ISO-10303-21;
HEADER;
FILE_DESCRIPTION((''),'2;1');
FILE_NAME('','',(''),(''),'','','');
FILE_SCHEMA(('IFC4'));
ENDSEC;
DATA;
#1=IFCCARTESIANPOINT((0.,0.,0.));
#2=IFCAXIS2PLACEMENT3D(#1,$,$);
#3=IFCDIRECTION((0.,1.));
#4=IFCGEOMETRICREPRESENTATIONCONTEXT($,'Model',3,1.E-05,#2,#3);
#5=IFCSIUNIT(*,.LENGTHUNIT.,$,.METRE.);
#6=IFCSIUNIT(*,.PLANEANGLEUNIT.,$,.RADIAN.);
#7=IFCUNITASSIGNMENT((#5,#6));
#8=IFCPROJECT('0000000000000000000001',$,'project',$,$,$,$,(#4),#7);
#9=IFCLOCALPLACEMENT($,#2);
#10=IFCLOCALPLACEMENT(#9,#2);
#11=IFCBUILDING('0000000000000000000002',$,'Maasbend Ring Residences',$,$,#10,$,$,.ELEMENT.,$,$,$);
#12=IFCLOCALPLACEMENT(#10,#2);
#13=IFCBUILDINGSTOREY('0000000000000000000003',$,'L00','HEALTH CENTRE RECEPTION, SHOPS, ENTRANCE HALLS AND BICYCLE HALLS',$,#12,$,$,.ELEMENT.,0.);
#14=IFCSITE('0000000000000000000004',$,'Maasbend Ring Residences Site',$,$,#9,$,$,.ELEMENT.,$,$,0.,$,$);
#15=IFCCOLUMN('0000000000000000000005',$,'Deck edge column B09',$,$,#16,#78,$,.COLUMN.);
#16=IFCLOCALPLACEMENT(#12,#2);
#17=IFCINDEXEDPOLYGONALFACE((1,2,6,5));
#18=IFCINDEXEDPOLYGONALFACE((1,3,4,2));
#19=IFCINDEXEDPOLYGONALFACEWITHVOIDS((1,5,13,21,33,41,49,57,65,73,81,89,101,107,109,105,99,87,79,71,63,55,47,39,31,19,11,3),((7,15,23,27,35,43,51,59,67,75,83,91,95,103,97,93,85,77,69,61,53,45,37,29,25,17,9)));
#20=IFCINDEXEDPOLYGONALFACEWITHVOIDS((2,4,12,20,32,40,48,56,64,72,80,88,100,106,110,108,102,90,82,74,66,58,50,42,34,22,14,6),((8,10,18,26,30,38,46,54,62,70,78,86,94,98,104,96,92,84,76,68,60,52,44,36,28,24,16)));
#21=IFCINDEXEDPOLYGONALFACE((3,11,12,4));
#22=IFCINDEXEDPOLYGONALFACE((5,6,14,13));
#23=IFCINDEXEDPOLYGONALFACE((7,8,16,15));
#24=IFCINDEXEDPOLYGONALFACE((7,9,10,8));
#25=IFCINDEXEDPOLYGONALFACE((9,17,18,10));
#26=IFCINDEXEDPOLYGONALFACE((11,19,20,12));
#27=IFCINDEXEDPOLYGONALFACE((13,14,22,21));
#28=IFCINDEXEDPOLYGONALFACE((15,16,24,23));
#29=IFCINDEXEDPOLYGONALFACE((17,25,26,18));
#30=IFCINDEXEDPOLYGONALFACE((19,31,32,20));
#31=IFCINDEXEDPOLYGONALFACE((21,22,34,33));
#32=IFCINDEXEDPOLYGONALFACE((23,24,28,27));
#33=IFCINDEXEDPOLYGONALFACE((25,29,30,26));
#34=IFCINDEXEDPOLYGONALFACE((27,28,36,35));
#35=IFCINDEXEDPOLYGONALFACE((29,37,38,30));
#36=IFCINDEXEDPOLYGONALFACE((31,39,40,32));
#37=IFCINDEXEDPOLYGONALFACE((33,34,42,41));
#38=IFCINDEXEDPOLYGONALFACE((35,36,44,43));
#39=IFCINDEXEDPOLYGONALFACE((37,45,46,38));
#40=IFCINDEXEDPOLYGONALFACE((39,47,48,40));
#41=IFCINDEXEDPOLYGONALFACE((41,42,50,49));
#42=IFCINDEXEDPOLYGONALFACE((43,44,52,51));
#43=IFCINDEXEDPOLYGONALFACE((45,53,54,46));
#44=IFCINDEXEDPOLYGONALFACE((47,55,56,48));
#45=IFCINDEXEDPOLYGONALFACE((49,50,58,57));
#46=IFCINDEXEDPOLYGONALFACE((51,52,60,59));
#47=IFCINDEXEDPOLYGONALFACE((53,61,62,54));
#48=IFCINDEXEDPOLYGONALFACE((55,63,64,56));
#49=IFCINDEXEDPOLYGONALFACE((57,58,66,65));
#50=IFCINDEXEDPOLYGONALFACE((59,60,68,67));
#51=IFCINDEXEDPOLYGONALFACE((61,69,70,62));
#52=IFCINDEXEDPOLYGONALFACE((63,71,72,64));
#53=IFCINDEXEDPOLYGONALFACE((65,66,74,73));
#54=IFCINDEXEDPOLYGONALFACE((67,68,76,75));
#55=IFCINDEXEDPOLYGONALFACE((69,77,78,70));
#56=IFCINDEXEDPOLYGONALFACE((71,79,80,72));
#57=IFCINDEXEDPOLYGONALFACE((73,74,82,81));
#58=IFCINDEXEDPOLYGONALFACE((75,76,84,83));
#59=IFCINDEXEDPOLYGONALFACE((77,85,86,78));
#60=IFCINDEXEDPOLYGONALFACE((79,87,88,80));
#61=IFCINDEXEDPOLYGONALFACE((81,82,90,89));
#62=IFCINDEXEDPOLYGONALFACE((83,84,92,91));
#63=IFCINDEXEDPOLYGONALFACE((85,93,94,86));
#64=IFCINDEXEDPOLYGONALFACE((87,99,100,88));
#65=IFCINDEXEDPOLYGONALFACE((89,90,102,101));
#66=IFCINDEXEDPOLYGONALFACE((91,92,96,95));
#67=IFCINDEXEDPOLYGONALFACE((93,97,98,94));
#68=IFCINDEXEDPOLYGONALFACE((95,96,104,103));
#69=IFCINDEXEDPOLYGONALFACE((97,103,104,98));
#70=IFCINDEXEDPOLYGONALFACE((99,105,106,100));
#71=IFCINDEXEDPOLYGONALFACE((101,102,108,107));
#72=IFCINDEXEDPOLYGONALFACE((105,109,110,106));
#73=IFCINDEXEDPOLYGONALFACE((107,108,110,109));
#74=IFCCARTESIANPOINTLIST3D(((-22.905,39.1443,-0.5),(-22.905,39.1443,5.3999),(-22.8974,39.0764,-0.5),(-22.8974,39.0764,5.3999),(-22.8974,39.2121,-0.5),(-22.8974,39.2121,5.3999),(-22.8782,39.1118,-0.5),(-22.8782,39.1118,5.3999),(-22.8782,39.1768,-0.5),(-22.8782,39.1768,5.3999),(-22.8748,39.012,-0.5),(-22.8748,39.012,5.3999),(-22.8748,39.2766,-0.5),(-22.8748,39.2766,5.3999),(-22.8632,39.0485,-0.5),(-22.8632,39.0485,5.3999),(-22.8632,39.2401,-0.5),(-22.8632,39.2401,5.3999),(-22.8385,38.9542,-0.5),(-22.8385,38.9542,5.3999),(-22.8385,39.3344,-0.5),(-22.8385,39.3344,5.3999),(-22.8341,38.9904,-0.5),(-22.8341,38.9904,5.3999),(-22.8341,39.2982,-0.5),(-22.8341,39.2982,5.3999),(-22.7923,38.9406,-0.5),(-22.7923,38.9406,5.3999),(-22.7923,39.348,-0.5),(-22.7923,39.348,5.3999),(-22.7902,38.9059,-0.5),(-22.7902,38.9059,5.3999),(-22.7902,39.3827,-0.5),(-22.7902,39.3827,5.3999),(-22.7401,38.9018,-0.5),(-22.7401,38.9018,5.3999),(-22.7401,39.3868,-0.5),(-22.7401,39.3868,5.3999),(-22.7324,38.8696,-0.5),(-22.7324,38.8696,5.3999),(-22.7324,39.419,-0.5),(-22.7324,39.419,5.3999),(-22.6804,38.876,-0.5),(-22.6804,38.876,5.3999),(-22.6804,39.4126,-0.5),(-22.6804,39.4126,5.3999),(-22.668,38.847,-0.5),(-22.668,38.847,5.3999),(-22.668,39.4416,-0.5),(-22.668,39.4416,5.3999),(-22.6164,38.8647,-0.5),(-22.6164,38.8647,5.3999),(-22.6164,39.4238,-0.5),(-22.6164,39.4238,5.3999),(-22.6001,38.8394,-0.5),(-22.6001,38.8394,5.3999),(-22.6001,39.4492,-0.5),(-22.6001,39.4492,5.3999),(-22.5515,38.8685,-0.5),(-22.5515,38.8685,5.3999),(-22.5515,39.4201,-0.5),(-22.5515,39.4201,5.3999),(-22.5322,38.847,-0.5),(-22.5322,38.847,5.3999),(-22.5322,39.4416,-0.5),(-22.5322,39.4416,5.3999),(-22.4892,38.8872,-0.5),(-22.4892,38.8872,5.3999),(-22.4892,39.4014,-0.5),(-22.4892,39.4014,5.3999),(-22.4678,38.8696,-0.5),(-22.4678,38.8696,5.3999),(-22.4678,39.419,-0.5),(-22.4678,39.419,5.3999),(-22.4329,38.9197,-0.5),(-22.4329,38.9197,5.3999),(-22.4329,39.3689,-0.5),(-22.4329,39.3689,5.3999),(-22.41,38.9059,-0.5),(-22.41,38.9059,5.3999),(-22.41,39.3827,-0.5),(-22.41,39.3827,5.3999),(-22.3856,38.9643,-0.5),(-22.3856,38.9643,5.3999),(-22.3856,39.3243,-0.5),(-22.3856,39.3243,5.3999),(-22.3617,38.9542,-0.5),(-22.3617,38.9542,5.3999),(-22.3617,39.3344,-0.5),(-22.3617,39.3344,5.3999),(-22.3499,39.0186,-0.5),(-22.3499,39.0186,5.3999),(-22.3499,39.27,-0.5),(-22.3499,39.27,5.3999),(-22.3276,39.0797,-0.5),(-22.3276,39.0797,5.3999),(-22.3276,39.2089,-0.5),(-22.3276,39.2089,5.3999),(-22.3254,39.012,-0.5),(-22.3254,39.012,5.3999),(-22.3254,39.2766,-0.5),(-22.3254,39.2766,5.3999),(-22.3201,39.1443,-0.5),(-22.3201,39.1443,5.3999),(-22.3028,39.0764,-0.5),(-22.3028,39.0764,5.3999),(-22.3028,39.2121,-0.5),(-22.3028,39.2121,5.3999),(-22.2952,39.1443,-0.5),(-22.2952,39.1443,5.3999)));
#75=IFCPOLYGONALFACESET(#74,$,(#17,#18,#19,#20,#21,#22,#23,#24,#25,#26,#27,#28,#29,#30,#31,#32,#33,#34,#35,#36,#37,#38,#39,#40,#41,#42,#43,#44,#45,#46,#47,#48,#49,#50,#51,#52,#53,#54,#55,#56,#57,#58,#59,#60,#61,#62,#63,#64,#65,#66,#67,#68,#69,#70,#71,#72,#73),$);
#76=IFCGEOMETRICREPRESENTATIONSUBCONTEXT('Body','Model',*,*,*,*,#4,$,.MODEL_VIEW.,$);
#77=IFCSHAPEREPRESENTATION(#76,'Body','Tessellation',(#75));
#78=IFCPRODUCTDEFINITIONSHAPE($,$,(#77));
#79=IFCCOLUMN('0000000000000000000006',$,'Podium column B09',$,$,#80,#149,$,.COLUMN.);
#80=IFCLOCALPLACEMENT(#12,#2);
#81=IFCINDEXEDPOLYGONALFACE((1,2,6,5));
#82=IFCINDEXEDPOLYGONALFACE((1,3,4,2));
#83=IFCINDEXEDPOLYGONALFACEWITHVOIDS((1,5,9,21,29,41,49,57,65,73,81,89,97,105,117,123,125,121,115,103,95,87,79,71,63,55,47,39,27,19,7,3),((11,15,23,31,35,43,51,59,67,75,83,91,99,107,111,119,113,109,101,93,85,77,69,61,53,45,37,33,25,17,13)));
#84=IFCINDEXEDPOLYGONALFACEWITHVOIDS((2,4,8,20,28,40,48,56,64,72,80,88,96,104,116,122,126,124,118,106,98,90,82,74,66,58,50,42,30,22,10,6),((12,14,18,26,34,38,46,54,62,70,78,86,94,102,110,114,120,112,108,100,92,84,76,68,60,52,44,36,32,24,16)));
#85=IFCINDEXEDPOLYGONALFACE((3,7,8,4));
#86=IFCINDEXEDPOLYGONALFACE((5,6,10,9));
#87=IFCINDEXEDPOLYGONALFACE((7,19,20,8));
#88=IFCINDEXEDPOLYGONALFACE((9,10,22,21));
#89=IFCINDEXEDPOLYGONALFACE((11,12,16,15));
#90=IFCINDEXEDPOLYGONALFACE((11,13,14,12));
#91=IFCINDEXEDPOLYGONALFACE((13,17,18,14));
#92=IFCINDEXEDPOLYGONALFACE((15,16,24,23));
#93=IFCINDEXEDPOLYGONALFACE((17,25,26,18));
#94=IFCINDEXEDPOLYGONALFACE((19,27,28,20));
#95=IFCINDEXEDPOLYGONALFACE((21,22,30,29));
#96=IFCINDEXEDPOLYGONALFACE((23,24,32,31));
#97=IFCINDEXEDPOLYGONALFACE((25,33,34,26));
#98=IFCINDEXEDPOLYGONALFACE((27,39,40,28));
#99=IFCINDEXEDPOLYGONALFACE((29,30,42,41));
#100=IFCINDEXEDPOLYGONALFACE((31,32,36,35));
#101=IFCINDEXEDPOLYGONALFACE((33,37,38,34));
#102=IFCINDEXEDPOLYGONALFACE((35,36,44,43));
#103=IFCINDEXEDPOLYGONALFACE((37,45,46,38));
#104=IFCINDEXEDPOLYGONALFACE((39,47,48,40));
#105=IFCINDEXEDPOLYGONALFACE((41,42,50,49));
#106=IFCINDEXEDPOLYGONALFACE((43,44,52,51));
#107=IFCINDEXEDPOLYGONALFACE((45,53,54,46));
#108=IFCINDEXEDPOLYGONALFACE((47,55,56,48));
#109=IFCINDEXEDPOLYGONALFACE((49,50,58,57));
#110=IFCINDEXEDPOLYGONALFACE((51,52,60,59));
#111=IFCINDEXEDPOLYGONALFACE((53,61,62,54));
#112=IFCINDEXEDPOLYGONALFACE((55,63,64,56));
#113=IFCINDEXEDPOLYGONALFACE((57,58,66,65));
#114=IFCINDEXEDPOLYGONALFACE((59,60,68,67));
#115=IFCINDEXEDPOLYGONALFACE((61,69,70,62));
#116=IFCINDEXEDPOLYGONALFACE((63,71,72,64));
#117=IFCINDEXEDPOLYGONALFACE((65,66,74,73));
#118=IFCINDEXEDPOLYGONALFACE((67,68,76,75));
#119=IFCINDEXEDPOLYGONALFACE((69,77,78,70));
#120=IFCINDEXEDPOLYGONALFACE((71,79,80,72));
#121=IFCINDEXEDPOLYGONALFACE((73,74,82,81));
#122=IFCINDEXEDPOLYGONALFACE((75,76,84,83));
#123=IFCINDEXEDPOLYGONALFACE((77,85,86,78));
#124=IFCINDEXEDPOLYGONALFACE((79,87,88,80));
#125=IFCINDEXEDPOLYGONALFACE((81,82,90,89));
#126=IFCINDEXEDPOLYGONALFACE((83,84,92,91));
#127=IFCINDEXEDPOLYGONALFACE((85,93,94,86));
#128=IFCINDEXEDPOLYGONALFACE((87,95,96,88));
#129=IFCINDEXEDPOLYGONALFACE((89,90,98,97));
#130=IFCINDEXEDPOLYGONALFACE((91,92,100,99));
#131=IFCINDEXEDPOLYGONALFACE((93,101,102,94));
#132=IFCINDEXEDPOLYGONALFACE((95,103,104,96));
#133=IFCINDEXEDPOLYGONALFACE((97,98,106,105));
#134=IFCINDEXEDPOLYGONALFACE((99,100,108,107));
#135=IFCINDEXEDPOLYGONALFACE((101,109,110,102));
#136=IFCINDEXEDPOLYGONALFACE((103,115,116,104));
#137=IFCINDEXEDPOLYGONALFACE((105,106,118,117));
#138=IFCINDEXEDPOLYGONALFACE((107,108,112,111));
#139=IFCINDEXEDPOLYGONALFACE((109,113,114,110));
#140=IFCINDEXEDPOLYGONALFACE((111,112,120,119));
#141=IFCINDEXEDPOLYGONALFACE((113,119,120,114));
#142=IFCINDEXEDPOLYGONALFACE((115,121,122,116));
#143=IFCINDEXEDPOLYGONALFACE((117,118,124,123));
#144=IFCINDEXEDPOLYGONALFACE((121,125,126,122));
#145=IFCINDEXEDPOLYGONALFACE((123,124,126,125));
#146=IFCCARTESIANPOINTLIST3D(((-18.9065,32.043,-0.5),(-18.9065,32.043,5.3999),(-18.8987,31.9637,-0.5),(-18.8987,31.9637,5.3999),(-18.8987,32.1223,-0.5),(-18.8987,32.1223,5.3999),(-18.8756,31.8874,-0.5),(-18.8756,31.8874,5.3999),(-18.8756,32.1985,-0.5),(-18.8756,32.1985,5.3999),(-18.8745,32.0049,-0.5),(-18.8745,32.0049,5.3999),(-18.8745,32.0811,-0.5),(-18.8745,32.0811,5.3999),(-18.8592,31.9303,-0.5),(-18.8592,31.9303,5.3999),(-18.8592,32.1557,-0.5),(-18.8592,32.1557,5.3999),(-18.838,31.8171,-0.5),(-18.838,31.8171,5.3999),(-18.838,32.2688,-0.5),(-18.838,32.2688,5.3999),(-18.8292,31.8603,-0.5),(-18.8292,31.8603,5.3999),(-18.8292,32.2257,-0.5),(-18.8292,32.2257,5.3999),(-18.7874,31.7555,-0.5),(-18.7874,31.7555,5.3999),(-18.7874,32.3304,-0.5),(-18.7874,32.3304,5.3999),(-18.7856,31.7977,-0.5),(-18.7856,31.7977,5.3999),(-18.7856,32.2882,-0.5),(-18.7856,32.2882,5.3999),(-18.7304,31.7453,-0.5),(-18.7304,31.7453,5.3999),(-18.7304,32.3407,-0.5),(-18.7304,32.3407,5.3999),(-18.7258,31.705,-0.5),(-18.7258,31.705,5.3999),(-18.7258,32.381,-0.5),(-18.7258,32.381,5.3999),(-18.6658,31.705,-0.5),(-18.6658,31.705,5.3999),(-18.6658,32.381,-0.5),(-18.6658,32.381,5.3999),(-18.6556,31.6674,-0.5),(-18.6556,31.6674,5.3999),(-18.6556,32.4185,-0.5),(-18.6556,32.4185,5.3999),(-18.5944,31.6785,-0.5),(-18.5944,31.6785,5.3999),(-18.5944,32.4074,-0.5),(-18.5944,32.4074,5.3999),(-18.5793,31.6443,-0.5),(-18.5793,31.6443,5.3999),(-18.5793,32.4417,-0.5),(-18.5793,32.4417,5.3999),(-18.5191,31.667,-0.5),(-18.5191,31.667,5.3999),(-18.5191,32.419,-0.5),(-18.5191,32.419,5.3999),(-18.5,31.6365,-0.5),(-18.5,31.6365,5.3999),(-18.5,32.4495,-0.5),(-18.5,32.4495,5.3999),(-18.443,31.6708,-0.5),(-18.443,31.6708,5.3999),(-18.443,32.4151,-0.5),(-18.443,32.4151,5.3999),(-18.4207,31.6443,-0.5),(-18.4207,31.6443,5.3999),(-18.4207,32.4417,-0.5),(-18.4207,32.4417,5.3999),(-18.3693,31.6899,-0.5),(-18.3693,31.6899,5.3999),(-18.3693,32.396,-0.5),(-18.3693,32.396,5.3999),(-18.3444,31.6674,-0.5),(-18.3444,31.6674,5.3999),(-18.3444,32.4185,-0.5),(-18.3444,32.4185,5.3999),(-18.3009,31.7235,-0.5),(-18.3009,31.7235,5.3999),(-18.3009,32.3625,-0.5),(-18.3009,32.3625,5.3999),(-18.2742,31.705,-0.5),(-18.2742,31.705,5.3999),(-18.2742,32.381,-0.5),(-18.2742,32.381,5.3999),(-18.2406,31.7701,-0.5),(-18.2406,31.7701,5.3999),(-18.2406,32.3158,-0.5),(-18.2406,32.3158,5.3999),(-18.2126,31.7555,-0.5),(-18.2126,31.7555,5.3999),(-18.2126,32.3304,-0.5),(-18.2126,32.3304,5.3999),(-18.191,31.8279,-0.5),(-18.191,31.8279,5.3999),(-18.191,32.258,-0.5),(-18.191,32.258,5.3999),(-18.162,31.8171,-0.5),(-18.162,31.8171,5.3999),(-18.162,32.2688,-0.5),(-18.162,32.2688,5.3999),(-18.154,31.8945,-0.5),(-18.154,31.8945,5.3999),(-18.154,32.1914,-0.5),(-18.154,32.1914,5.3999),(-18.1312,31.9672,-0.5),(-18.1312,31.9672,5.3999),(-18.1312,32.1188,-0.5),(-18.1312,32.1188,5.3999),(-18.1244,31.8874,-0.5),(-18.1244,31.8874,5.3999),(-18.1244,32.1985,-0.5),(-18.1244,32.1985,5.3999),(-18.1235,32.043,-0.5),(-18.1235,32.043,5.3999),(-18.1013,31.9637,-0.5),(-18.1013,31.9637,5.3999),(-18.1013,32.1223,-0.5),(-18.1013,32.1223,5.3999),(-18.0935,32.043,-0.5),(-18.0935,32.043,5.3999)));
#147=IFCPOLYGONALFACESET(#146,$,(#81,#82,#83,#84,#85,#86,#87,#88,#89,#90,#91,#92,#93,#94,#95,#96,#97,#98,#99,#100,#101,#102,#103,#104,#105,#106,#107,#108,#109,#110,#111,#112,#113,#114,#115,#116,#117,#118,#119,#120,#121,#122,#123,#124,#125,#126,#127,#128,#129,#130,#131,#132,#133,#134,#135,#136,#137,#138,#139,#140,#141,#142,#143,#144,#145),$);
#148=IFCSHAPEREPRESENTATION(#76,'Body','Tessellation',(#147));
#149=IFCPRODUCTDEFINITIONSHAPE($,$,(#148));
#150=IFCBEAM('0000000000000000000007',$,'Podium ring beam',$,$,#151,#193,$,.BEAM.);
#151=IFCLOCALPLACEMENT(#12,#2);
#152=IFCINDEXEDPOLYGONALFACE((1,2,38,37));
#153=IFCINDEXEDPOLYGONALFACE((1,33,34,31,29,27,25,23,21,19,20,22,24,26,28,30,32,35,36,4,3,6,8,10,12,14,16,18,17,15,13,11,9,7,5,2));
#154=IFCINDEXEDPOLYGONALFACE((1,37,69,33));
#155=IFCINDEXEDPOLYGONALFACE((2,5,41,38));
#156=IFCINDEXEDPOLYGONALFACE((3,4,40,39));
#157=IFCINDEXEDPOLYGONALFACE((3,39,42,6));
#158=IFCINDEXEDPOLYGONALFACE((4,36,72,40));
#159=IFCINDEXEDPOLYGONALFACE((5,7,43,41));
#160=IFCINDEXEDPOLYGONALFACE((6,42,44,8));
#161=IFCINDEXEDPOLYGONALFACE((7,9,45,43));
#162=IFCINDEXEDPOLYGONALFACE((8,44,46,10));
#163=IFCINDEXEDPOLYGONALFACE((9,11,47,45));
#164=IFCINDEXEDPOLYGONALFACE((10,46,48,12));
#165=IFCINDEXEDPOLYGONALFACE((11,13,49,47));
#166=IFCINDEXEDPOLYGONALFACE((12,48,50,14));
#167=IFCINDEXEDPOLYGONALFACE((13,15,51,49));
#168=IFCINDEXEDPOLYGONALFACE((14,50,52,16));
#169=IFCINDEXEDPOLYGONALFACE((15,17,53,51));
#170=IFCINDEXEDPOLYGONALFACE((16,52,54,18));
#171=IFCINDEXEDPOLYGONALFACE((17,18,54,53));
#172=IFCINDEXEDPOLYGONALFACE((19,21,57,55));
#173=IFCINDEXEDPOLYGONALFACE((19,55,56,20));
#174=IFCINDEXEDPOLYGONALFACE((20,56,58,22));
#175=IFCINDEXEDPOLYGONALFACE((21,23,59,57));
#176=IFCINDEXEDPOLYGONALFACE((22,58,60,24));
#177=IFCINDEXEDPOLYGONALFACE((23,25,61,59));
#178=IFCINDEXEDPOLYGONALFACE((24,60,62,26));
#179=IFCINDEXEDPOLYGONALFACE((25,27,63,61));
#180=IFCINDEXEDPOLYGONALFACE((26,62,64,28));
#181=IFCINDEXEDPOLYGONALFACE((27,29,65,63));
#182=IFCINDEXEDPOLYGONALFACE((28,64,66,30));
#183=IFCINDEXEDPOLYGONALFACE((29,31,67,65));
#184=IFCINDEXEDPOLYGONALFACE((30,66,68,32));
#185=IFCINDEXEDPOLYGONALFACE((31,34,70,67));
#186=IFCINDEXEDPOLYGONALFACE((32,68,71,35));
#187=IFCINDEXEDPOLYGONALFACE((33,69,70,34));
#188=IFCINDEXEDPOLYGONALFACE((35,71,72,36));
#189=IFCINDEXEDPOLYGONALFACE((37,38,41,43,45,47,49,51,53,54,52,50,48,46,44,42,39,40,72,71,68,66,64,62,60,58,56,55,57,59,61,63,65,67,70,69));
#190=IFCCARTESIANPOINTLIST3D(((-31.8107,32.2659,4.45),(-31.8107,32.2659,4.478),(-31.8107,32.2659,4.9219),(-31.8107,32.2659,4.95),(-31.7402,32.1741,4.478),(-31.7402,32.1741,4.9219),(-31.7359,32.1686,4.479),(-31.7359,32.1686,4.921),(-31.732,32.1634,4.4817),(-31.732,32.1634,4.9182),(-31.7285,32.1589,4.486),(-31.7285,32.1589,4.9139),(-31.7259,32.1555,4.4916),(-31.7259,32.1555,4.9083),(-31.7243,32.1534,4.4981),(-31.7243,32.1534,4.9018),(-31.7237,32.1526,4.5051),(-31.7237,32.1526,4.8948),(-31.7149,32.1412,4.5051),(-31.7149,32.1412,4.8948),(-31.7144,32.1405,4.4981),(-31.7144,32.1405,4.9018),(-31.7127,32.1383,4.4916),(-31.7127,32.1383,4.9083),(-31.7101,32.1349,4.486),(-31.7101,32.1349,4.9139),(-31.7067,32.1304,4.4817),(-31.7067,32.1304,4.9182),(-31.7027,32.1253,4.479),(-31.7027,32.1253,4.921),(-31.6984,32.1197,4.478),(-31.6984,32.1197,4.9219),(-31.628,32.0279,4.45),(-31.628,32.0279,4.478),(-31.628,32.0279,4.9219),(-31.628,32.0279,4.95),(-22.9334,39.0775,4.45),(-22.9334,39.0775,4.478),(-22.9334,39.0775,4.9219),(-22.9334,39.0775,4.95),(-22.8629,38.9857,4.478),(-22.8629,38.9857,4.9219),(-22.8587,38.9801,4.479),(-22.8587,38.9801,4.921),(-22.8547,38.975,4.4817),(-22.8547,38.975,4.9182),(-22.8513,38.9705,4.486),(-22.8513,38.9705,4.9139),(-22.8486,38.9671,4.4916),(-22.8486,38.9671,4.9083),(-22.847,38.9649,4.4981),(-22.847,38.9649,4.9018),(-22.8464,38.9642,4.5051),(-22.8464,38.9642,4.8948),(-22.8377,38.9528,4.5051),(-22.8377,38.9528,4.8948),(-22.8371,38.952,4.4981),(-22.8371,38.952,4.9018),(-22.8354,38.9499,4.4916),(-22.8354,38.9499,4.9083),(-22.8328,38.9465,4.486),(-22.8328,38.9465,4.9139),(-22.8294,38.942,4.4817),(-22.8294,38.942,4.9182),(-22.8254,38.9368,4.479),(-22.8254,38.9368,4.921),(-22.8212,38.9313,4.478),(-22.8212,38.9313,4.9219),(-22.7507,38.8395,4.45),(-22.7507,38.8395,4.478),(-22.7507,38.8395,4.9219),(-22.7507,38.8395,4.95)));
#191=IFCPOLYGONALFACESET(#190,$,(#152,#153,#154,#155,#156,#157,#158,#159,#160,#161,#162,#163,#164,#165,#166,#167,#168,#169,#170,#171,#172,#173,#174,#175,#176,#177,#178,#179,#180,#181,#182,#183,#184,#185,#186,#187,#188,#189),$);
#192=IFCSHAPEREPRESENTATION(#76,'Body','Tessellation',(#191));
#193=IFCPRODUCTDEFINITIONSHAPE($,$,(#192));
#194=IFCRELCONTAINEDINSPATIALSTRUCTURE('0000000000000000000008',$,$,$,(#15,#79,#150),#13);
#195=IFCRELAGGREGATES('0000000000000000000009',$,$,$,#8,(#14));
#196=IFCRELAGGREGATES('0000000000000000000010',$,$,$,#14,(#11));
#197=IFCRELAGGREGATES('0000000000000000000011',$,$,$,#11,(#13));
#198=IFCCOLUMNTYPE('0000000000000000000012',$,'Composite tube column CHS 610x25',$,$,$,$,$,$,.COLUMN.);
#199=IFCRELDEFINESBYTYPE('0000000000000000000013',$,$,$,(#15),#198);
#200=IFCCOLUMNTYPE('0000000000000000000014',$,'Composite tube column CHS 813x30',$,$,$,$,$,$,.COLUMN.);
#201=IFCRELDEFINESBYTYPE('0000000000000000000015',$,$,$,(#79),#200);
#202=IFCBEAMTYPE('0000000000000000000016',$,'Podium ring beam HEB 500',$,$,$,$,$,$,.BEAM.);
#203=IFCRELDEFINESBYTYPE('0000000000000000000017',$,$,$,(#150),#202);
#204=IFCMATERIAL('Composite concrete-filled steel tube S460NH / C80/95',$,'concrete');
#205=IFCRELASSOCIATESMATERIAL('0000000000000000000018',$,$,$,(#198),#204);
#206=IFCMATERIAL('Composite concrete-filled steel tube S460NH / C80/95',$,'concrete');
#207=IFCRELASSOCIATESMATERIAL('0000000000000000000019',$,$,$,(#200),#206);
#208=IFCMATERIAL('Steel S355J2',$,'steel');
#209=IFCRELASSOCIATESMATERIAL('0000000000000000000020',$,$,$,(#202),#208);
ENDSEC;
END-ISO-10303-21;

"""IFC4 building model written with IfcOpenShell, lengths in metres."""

from ifc_helpers import new_model, si_unit, direction, frame, origin, origin_2d, place, context, subcontext, project, spatial, hollow_circle, i_section, extrude, material, material_profile, profile_set, type_object, element, save


model = new_model("IFC4")

# Units and contexts
model_context = context("Model", 3, precision=1e-05, world=origin(), true_north=direction((0.0, 1.0)))
body_context = subcontext(model_context, "Body", "Model", "MODEL_VIEW")
ifc_project = project(units=[si_unit("LENGTHUNIT", "METRE"), si_unit("PLANEANGLEUNIT", "RADIAN")], contexts=[model_context])

# Site, building, storey
site_placement = place(None, origin())
site = spatial("IfcSite", under=ifc_project, at=site_placement, Name="Maasbend Ring Residences Site", CompositionType="ELEMENT", RefElevation=0.0)
building_placement = place(site_placement, origin())
building = spatial("IfcBuilding", under=site, at=building_placement, Name="Maasbend Ring Residences", CompositionType="ELEMENT")
storey_placement = place(building_placement, origin())
storey = spatial("IfcBuildingStorey", under=building, at=storey_placement, Name="L00", Description="HEALTH CENTRE RECEPTION, SHOPS, ENTRANCE HALLS AND BICYCLE HALLS", CompositionType="ELEMENT", Elevation=0.0)

# Columns
ifc_material_1 = material(Name="Composite concrete-filled steel tube S460NH / C80/95", Category="concrete")
ifc_material_profile_1 = material_profile(ifc_material_1, hollow_circle(Radius=0.3049, WallThickness=0.0249, at=origin_2d()), Name="Composite tube column CHS 610x25")
ifc_profile_set_1 = profile_set([ifc_material_profile_1], Name="Composite concrete-filled steel tube S460NH / C80/95")
column_type_1 = type_object("IfcColumnType", Name="Composite tube column CHS 610x25", PredefinedType="COLUMN", material=ifc_profile_set_1)
column_1_placement = place(storey_placement, frame((-22.6001, 39.1443, -0.5), z_axis=(0.0, 0.0, 1.0), x_axis=(1.0, 0.0, 0.0)))
element("IfcColumn", 1, at=column_1_placement, inside=storey, type_object=column_type_1, Name="Deck edge column B09", PredefinedType="COLUMN", context=body_context, shape_type="SweptSolid", body=[
    extrude(hollow_circle(Radius=0.3049, WallThickness=0.0249, at=origin_2d()), origin(), (0.0, 0.0, 1.0), 5.8999),
])
ifc_material_2 = material(Name="Composite concrete-filled steel tube S460NH / C80/95", Category="concrete")
ifc_material_profile_2 = material_profile(ifc_material_2, hollow_circle(Radius=0.4065, WallThickness=0.03, at=origin_2d()), Name="Composite tube column CHS 813x30")
ifc_profile_set_2 = profile_set([ifc_material_profile_2], Name="Composite concrete-filled steel tube S460NH / C80/95")
column_type_2 = type_object("IfcColumnType", Name="Composite tube column CHS 813x30", PredefinedType="COLUMN", material=ifc_profile_set_2)
column_2_placement = place(storey_placement, frame((-18.5, 32.043, -0.5), z_axis=(0.0, 0.0, 1.0), x_axis=(1.0, 0.0, 0.0)))
element("IfcColumn", 2, at=column_2_placement, inside=storey, type_object=column_type_2, Name="Podium column B09", PredefinedType="COLUMN", context=body_context, shape_type="SweptSolid", body=[
    extrude(hollow_circle(Radius=0.4065, WallThickness=0.03, at=origin_2d()), origin(), (0.0, 0.0, 1.0), 5.8999),
])

# Beam
ifc_material_3 = material(Name="Steel S355J2", Category="steel")
ifc_material_profile_3 = material_profile(ifc_material_3, i_section(OverallWidth=0.3, OverallDepth=0.5, WebThickness=0.0144, FlangeThickness=0.0281, FilletRadius=0.0271, at=origin_2d()), Name="HEB 500")
ifc_profile_set_3 = profile_set([ifc_material_profile_3], Name="Steel S355J2")
beam_type_1 = type_object("IfcBeamType", Name="Podium ring beam HEB 500", PredefinedType="BEAM", material=ifc_profile_set_3)
beam_1_placement = place(storey_placement, frame((-22.842, 38.9585, 4.7), z_axis=(-0.793362, -0.608751, 0.0), x_axis=(0.608751, -0.793362, 0.0)))
element("IfcBeam", 3, at=beam_1_placement, inside=storey, type_object=beam_type_1, Name="Podium ring beam", PredefinedType="BEAM", context=body_context, shape_type="SweptSolid", body=[
    extrude(i_section(OverallWidth=0.3, OverallDepth=0.5, WebThickness=0.0144, FlangeThickness=0.0281, FilletRadius=0.0271, at=origin_2d()), origin(), (0.0, 0.0, 1.0), 11.1895),
])

save(model, "model.ifc")
